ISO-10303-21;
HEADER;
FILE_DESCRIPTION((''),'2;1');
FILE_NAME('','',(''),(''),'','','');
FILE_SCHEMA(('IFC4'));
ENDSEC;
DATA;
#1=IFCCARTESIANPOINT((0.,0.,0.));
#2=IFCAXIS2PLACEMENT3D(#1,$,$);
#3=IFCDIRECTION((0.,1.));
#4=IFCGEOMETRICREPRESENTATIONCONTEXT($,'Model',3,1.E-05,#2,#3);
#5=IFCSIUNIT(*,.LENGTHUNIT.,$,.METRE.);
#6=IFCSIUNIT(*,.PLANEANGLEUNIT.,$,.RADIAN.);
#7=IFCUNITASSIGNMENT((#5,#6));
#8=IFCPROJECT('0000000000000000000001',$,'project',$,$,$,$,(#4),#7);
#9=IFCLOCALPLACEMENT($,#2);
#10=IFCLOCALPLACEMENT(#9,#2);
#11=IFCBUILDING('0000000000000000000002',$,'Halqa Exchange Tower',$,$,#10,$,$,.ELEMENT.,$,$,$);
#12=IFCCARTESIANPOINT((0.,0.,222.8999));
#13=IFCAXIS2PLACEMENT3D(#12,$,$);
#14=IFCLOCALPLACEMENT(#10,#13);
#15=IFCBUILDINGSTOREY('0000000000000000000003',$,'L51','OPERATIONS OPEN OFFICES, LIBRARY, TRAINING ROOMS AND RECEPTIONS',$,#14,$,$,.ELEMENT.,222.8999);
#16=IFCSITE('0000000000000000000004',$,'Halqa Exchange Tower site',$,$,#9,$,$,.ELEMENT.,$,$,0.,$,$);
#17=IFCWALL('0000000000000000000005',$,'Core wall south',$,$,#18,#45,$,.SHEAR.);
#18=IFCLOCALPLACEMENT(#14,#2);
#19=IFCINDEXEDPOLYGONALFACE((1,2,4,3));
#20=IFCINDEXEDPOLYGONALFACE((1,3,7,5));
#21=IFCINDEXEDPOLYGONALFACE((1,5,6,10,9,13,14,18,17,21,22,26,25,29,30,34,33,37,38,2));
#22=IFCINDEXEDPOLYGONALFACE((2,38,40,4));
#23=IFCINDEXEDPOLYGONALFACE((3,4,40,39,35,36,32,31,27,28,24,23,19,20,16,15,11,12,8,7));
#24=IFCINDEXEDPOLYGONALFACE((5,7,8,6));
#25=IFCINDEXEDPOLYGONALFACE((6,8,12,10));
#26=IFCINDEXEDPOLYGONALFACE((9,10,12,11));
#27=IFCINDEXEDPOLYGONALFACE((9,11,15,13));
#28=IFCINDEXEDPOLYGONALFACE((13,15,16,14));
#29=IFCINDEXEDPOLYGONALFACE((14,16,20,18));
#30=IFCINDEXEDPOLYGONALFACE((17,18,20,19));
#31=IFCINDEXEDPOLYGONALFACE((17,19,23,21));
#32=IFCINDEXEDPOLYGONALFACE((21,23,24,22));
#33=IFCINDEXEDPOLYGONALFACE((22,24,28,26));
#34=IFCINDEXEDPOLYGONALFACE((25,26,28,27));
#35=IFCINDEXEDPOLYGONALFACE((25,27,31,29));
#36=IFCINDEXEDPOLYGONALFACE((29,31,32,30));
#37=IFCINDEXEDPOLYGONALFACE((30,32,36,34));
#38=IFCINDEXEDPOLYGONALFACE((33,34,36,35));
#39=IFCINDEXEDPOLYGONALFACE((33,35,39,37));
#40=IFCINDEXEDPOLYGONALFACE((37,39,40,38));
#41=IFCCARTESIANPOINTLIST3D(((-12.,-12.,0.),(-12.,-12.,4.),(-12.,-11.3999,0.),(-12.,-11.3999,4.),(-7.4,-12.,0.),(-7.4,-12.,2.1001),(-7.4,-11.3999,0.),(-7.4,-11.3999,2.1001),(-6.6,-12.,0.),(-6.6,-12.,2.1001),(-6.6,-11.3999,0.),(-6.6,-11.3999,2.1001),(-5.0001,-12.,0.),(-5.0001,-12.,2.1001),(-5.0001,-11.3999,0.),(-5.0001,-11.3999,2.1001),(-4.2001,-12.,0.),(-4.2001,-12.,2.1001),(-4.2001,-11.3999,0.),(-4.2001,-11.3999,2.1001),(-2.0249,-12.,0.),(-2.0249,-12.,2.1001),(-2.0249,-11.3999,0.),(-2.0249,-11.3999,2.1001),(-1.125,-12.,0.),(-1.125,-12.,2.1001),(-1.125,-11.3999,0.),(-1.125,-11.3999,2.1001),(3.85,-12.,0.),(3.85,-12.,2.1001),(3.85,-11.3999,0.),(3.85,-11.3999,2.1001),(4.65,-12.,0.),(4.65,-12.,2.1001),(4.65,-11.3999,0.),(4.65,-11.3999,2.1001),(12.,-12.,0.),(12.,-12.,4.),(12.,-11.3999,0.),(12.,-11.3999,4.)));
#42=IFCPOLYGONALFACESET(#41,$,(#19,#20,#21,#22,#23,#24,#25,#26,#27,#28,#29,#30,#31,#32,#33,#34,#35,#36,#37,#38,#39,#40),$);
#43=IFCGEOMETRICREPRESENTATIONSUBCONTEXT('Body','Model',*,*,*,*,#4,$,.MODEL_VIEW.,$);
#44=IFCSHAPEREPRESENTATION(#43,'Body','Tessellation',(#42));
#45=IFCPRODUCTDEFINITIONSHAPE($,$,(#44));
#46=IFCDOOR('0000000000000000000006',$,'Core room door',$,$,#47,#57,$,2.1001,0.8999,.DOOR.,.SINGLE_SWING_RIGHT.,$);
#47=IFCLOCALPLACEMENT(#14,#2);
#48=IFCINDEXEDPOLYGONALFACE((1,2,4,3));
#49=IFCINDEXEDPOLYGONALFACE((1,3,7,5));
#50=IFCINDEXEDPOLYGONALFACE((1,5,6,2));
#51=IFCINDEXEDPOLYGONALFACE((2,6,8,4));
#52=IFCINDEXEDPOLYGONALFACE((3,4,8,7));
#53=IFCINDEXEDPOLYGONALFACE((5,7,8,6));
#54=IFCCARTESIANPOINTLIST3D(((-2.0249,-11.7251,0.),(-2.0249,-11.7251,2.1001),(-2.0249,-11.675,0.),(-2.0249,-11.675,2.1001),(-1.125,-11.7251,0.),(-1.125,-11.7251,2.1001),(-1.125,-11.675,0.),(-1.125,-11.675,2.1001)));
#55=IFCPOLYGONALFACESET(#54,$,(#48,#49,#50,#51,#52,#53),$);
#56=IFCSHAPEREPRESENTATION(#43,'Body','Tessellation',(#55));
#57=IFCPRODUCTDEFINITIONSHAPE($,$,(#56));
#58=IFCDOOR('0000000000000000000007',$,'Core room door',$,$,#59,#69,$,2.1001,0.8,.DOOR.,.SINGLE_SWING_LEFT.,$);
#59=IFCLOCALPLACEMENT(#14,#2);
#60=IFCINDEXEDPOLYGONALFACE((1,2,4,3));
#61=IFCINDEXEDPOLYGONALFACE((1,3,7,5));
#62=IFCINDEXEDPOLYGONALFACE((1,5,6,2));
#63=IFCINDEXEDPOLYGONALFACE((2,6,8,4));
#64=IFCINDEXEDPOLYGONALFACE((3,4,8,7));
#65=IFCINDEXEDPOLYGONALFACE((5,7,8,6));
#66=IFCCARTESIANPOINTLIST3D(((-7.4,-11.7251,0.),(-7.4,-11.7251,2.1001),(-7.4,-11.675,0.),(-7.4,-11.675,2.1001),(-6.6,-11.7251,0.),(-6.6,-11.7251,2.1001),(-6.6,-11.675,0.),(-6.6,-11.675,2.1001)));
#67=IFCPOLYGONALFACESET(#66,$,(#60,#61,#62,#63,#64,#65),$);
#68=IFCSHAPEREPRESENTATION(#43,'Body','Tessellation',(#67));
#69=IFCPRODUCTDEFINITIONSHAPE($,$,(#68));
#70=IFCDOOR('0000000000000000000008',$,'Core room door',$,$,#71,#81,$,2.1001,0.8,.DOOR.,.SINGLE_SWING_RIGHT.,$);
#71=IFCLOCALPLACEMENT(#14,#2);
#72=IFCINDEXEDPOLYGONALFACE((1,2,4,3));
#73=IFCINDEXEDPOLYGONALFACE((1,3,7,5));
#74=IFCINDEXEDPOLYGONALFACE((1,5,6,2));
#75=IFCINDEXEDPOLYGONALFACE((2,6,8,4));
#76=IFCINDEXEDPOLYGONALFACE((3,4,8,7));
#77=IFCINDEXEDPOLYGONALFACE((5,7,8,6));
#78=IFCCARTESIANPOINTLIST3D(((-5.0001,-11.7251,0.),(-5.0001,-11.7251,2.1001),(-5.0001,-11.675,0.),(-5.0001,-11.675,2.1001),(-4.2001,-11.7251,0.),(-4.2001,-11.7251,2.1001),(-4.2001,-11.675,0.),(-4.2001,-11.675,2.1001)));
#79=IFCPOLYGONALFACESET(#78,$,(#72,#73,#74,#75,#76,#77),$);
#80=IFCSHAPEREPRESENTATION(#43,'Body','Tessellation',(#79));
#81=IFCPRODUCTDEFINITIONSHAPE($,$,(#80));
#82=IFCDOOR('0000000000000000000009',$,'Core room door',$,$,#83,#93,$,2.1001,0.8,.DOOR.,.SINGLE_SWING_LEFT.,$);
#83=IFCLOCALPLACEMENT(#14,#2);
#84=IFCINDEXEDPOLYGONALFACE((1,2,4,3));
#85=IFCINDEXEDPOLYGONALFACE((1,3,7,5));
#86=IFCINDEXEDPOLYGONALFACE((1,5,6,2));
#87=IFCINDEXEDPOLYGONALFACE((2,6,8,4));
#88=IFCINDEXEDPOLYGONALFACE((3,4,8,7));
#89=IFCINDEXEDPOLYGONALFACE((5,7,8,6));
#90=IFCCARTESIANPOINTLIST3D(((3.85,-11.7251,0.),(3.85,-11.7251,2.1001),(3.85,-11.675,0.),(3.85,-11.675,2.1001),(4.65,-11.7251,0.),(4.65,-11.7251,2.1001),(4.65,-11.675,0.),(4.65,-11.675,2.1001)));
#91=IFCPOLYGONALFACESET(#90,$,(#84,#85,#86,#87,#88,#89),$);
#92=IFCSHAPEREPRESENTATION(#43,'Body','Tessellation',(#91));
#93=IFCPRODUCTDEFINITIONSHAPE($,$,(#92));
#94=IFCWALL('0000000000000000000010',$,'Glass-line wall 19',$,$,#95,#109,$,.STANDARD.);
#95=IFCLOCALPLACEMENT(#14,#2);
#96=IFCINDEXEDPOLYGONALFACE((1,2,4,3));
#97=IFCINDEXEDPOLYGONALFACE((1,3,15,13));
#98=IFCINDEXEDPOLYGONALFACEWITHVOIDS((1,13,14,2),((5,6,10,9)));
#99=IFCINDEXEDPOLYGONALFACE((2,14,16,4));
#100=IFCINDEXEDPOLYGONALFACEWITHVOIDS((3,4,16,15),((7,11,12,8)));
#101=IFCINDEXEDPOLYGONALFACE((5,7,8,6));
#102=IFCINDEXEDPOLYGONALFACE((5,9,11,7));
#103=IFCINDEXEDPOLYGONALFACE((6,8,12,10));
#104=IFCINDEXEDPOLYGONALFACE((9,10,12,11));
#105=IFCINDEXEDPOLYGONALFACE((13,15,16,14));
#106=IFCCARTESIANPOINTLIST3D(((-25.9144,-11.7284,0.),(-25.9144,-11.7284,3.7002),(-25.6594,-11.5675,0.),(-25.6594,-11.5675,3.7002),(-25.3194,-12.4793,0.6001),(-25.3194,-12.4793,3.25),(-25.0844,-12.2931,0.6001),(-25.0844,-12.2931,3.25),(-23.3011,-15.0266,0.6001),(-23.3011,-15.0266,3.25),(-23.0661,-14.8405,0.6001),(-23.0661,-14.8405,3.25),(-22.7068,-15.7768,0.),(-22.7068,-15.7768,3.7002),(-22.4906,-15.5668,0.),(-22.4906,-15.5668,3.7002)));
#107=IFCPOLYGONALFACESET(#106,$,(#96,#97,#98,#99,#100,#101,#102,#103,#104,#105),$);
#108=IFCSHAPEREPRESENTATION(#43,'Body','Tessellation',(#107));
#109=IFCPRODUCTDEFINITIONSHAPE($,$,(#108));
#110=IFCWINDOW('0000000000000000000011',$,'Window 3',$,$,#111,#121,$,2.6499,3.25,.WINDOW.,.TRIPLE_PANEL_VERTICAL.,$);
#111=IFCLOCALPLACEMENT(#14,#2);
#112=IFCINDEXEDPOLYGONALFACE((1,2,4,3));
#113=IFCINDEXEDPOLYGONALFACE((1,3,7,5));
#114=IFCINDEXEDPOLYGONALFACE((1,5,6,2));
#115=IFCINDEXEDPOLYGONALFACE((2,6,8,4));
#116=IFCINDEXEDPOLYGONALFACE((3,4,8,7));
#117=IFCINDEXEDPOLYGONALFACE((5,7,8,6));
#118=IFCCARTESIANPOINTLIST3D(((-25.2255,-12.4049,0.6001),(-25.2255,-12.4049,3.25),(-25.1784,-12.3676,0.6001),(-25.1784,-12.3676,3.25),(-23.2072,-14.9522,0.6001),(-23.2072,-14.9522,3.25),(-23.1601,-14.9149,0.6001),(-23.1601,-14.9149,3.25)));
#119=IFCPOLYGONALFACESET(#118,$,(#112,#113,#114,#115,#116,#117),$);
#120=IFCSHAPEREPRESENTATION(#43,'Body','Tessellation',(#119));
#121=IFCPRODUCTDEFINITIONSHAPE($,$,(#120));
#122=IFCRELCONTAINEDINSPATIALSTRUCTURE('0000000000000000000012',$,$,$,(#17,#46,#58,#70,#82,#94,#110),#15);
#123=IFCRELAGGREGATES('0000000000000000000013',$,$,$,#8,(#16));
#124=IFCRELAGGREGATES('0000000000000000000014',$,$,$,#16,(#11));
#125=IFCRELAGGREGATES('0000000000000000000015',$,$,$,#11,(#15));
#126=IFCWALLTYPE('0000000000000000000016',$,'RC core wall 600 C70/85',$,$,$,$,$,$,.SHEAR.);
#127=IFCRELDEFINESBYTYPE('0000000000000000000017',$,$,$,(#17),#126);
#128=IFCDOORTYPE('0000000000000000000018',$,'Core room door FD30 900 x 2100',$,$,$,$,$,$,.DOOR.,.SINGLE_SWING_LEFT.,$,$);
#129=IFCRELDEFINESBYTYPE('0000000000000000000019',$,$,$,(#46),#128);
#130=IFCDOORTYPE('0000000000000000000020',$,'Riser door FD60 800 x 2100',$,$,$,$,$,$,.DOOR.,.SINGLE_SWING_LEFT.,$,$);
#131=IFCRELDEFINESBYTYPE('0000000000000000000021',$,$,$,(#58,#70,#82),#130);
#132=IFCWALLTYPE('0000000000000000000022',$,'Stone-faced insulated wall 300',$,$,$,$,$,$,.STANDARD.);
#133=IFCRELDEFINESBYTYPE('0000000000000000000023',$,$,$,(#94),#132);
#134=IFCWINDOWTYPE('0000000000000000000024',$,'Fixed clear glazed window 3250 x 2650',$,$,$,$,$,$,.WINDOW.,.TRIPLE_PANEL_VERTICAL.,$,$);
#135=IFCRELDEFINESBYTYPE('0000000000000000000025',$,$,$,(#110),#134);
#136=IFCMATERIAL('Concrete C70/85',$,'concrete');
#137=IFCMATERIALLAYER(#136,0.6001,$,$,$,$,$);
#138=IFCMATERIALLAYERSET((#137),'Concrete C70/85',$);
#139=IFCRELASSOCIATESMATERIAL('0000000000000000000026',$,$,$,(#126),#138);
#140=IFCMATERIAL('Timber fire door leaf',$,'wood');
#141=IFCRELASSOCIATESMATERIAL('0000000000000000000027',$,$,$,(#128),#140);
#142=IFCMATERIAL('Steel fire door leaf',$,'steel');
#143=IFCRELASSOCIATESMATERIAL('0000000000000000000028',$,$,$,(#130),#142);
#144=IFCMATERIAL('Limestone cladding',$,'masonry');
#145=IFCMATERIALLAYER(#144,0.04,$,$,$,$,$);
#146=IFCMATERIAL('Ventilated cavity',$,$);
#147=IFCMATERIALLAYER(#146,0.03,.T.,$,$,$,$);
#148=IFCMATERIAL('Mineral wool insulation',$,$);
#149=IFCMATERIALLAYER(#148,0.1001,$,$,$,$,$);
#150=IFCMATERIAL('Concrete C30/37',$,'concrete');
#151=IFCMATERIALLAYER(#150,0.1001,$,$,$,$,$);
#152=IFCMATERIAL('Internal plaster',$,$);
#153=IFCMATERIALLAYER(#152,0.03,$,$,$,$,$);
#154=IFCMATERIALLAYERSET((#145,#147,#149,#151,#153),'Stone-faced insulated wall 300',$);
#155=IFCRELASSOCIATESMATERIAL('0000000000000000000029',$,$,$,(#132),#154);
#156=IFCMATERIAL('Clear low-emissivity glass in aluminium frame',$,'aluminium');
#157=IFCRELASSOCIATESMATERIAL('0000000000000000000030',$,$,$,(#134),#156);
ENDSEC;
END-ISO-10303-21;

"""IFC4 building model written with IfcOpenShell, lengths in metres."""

from ifc_helpers import new_model, si_unit, direction, frame, frame_2d, origin, place, context, subcontext, project, spatial, polyline, rectangle, outline, extrude, material, layer, layer_set, type_object, element, fill, save


model = new_model("IFC4")

# Units and contexts
model_context = context("Model", 3, precision=1e-05, world=origin(), true_north=direction((0.0, 1.0)))
body_context = subcontext(model_context, "Body", "Model", "MODEL_VIEW")
ifc_project = project(units=[si_unit("LENGTHUNIT", "METRE"), si_unit("PLANEANGLEUNIT", "RADIAN")], contexts=[model_context])

# Site, building, storey
site_placement = place(None, origin())
site = spatial("IfcSite", under=ifc_project, at=site_placement, Name="Halqa Exchange Tower site", CompositionType="ELEMENT", RefElevation=0.0)
building_placement = place(site_placement, origin())
building = spatial("IfcBuilding", under=site, at=building_placement, Name="Halqa Exchange Tower", CompositionType="ELEMENT")
storey_placement = place(building_placement, frame((0.0, 0.0, 222.8999)))
storey = spatial("IfcBuildingStorey", under=building, at=storey_placement, Name="L51", Description="OPERATIONS OPEN OFFICES, LIBRARY, TRAINING ROOMS AND RECEPTIONS", CompositionType="ELEMENT", Elevation=222.8999)

# Shared definitions
ifc_material_1 = material(Name="Steel fire door leaf", Category="steel")

# Wall, openings, doors
ifc_material_2 = material(Name="Concrete C70/85", Category="concrete")
ifc_layer_1 = layer(ifc_material_2, 0.6001)
ifc_layer_set_1 = layer_set([ifc_layer_1], Name="Concrete C70/85")
wall_type_1 = type_object("IfcWallType", Name="RC core wall 600 C70/85", PredefinedType="SHEAR", material=ifc_layer_set_1)
wall_1_placement = place(storey_placement, frame((-12.0, -11.7, 0.0), z_axis=(0.0, 0.0, 1.0), x_axis=(1.0, 0.0, 0.0)))
wall_1 = element("IfcWall", 1, at=wall_1_placement, inside=storey, type_object=wall_type_1, Name="Core wall south", PredefinedType="SHEAR", context=body_context, shape_type="SweptSolid", body=[
    extrude(rectangle(XDim=24.0, YDim=0.6001, at=frame_2d((12.0, 0.0))), origin(), (0.0, 0.0, 1.0), 4.0),
])
opening_1_placement = place(wall_1_placement, frame((9.9751, 0.0, 0.0)))
opening_1 = element("IfcOpeningElement", 2, at=opening_1_placement, cuts=wall_1, PredefinedType="OPENING", context=body_context, shape_type="SweptSolid", body=[
    extrude(rectangle(XDim=0.8999, YDim=2.1001, at=frame_2d((0.45, 1.05))), frame((0.0, 0.312, 0.0), z_axis=(0.0, -1.0, 0.0), x_axis=(1.0, 0.0, 0.0)), (0.0, 0.0, 1.0), 0.624),
])
opening_2_placement = place(wall_1_placement, frame((4.6001, 0.0, 0.0)))
opening_2 = element("IfcOpeningElement", 3, at=opening_2_placement, cuts=wall_1, PredefinedType="OPENING", context=body_context, shape_type="SweptSolid", body=[
    extrude(rectangle(XDim=0.8, YDim=2.1001, at=frame_2d((0.3999, 1.05))), frame((0.0, 0.312, 0.0), z_axis=(0.0, -1.0, 0.0), x_axis=(1.0, 0.0, 0.0)), (0.0, 0.0, 1.0), 0.624),
])
opening_3_placement = place(wall_1_placement, frame((7.0, 0.0, 0.0)))
opening_3 = element("IfcOpeningElement", 4, at=opening_3_placement, cuts=wall_1, PredefinedType="OPENING", context=body_context, shape_type="SweptSolid", body=[
    extrude(rectangle(XDim=0.8, YDim=2.1001, at=frame_2d((0.3999, 1.05))), frame((0.0, 0.312, 0.0), z_axis=(0.0, -1.0, 0.0), x_axis=(1.0, 0.0, 0.0)), (0.0, 0.0, 1.0), 0.624),
])
opening_4_placement = place(wall_1_placement, frame((15.8501, 0.0, 0.0)))
opening_4 = element("IfcOpeningElement", 5, at=opening_4_placement, cuts=wall_1, PredefinedType="OPENING", context=body_context, shape_type="SweptSolid", body=[
    extrude(rectangle(XDim=0.8, YDim=2.1001, at=frame_2d((0.3999, 1.05))), frame((0.0, 0.312, 0.0), z_axis=(0.0, -1.0, 0.0), x_axis=(1.0, 0.0, 0.0)), (0.0, 0.0, 1.0), 0.624),
])
ifc_material_3 = material(Name="Timber fire door leaf", Category="wood")
door_type_1 = type_object("IfcDoorType", Name="Core room door FD30 900 x 2100", OperationType="SINGLE_SWING_LEFT", PredefinedType="DOOR", material=ifc_material_3)
door_1_placement = place(opening_1_placement, origin())
door_1 = element("IfcDoor", 6, at=door_1_placement, inside=storey, type_object=door_type_1, Name="Core room door", OperationType="SINGLE_SWING_RIGHT", OverallHeight=2.1001, OverallWidth=0.8999, PredefinedType="DOOR", context=body_context, shape_type="SweptSolid", body=[
    extrude(rectangle(XDim=0.8999, YDim=2.1001, at=frame_2d((0.45, 1.05))), frame((0.0, 0.0249, 0.0), z_axis=(0.0, -1.0, 0.0), x_axis=(1.0, 0.0, 0.0)), (0.0, 0.0, 1.0), 0.05),
])
fill(opening_1, door_1)
door_type_2 = type_object("IfcDoorType", Name="Riser door FD60 800 x 2100", OperationType="SINGLE_SWING_LEFT", PredefinedType="DOOR", material=ifc_material_1)
door_2_placement = place(opening_2_placement, origin())
door_2 = element("IfcDoor", 7, at=door_2_placement, inside=storey, type_object=door_type_2, Name="Core room door", OperationType="SINGLE_SWING_LEFT", OverallHeight=2.1001, OverallWidth=0.8, PredefinedType="DOOR", context=body_context, shape_type="SweptSolid", body=[
    extrude(rectangle(XDim=0.8, YDim=2.1001, at=frame_2d((0.3999, 1.05))), frame((0.0, 0.0249, 0.0), z_axis=(0.0, -1.0, 0.0), x_axis=(1.0, 0.0, 0.0)), (0.0, 0.0, 1.0), 0.05),
])
fill(opening_2, door_2)
door_3_placement = place(opening_3_placement, origin())
door_3 = element("IfcDoor", 8, at=door_3_placement, inside=storey, type_object=door_type_2, Name="Core room door", OperationType="SINGLE_SWING_RIGHT", OverallHeight=2.1001, OverallWidth=0.8, PredefinedType="DOOR", context=body_context, shape_type="SweptSolid", body=[
    extrude(rectangle(XDim=0.8, YDim=2.1001, at=frame_2d((0.3999, 1.05))), frame((0.0, 0.0249, 0.0), z_axis=(0.0, -1.0, 0.0), x_axis=(1.0, 0.0, 0.0)), (0.0, 0.0, 1.0), 0.05),
])
fill(opening_3, door_3)
door_4_placement = place(opening_4_placement, origin())
door_4 = element("IfcDoor", 9, at=door_4_placement, inside=storey, type_object=door_type_2, Name="Core room door", OperationType="SINGLE_SWING_LEFT", OverallHeight=2.1001, OverallWidth=0.8, PredefinedType="DOOR", context=body_context, shape_type="SweptSolid", body=[
    extrude(rectangle(XDim=0.8, YDim=2.1001, at=frame_2d((0.3999, 1.05))), frame((0.0, 0.0249, 0.0), z_axis=(0.0, -1.0, 0.0), x_axis=(1.0, 0.0, 0.0)), (0.0, 0.0, 1.0), 0.05),
])
fill(opening_4, door_4)

# Wall, opening, window
ifc_material_4 = material(Name="Limestone cladding", Category="masonry")
ifc_layer_2 = layer(ifc_material_4, 0.04)
ifc_material_5 = material(Name="Ventilated cavity")
ifc_layer_3 = layer(ifc_material_5, 0.03, ventilated=True)
ifc_material_6 = material(Name="Mineral wool insulation")
ifc_layer_4 = layer(ifc_material_6, 0.1001)
ifc_material_7 = material(Name="Concrete C30/37", Category="concrete")
ifc_layer_5 = layer(ifc_material_7, 0.1001)
ifc_material_8 = material(Name="Internal plaster")
ifc_layer_6 = layer(ifc_material_8, 0.03)
ifc_layer_set_2 = layer_set([ifc_layer_2, ifc_layer_3, ifc_layer_4, ifc_layer_5, ifc_layer_6], Name="Stone-faced insulated wall 300")
wall_type_2 = type_object("IfcWallType", Name="Stone-faced insulated wall 300", PredefinedType="STANDARD", material=ifc_layer_set_2)
wall_2_placement = place(storey_placement, frame((-25.7869, -11.6479, 0.0), z_axis=(0.0, 0.0, 1.0), x_axis=(0.621017, -0.783797, 0.0)))
wall_2 = element("IfcWall", 10, at=wall_2_placement, inside=storey, type_object=wall_type_2, Name="Glass-line wall 19", PredefinedType="STANDARD", context=body_context, shape_type="SweptSolid", body=[
    extrude(outline(polyline([(-0.0161, -0.1499), (5.1489, -0.1499), (5.1187, 0.1499), (0.0161, 0.1499), (-0.0161, -0.1499)])), origin(), (0.0, 0.0, 1.0), 3.7002),
])
opening_5_placement = place(wall_2_placement, frame((0.9419, 0.0, 0.6001)))
opening_5 = element("IfcOpeningElement", 11, at=opening_5_placement, cuts=wall_2, PredefinedType="OPENING", context=body_context, shape_type="SweptSolid", body=[
    extrude(rectangle(XDim=3.25, YDim=2.6499, at=frame_2d((1.625, 1.325))), frame((0.0, 0.1621, 0.0), z_axis=(0.0, -1.0, 0.0), x_axis=(1.0, 0.0, 0.0)), (0.0, 0.0, 1.0), 0.324),
])
ifc_material_9 = material(Name="Clear low-emissivity glass in aluminium frame", Category="aluminium")
window_type = type_object("IfcWindowType", Name="Fixed clear glazed window 3250 x 2650", PartitioningType="TRIPLE_PANEL_VERTICAL", PredefinedType="WINDOW", material=ifc_material_9)
window_placement = place(opening_5_placement, origin())
window = element("IfcWindow", 12, at=window_placement, inside=storey, type_object=window_type, Name="Window 3", OverallHeight=2.6499, OverallWidth=3.25, PartitioningType="TRIPLE_PANEL_VERTICAL", PredefinedType="WINDOW", context=body_context, shape_type="SweptSolid", body=[
    extrude(rectangle(XDim=3.25, YDim=2.6499, at=frame_2d((1.625, 1.325))), frame((0.0, 0.03, 0.0), z_axis=(0.0, -1.0, 0.0), x_axis=(1.0, 0.0, 0.0)), (0.0, 0.0, 1.0), 0.0601),
])
fill(opening_5, window)

save(model, "model.ifc")
